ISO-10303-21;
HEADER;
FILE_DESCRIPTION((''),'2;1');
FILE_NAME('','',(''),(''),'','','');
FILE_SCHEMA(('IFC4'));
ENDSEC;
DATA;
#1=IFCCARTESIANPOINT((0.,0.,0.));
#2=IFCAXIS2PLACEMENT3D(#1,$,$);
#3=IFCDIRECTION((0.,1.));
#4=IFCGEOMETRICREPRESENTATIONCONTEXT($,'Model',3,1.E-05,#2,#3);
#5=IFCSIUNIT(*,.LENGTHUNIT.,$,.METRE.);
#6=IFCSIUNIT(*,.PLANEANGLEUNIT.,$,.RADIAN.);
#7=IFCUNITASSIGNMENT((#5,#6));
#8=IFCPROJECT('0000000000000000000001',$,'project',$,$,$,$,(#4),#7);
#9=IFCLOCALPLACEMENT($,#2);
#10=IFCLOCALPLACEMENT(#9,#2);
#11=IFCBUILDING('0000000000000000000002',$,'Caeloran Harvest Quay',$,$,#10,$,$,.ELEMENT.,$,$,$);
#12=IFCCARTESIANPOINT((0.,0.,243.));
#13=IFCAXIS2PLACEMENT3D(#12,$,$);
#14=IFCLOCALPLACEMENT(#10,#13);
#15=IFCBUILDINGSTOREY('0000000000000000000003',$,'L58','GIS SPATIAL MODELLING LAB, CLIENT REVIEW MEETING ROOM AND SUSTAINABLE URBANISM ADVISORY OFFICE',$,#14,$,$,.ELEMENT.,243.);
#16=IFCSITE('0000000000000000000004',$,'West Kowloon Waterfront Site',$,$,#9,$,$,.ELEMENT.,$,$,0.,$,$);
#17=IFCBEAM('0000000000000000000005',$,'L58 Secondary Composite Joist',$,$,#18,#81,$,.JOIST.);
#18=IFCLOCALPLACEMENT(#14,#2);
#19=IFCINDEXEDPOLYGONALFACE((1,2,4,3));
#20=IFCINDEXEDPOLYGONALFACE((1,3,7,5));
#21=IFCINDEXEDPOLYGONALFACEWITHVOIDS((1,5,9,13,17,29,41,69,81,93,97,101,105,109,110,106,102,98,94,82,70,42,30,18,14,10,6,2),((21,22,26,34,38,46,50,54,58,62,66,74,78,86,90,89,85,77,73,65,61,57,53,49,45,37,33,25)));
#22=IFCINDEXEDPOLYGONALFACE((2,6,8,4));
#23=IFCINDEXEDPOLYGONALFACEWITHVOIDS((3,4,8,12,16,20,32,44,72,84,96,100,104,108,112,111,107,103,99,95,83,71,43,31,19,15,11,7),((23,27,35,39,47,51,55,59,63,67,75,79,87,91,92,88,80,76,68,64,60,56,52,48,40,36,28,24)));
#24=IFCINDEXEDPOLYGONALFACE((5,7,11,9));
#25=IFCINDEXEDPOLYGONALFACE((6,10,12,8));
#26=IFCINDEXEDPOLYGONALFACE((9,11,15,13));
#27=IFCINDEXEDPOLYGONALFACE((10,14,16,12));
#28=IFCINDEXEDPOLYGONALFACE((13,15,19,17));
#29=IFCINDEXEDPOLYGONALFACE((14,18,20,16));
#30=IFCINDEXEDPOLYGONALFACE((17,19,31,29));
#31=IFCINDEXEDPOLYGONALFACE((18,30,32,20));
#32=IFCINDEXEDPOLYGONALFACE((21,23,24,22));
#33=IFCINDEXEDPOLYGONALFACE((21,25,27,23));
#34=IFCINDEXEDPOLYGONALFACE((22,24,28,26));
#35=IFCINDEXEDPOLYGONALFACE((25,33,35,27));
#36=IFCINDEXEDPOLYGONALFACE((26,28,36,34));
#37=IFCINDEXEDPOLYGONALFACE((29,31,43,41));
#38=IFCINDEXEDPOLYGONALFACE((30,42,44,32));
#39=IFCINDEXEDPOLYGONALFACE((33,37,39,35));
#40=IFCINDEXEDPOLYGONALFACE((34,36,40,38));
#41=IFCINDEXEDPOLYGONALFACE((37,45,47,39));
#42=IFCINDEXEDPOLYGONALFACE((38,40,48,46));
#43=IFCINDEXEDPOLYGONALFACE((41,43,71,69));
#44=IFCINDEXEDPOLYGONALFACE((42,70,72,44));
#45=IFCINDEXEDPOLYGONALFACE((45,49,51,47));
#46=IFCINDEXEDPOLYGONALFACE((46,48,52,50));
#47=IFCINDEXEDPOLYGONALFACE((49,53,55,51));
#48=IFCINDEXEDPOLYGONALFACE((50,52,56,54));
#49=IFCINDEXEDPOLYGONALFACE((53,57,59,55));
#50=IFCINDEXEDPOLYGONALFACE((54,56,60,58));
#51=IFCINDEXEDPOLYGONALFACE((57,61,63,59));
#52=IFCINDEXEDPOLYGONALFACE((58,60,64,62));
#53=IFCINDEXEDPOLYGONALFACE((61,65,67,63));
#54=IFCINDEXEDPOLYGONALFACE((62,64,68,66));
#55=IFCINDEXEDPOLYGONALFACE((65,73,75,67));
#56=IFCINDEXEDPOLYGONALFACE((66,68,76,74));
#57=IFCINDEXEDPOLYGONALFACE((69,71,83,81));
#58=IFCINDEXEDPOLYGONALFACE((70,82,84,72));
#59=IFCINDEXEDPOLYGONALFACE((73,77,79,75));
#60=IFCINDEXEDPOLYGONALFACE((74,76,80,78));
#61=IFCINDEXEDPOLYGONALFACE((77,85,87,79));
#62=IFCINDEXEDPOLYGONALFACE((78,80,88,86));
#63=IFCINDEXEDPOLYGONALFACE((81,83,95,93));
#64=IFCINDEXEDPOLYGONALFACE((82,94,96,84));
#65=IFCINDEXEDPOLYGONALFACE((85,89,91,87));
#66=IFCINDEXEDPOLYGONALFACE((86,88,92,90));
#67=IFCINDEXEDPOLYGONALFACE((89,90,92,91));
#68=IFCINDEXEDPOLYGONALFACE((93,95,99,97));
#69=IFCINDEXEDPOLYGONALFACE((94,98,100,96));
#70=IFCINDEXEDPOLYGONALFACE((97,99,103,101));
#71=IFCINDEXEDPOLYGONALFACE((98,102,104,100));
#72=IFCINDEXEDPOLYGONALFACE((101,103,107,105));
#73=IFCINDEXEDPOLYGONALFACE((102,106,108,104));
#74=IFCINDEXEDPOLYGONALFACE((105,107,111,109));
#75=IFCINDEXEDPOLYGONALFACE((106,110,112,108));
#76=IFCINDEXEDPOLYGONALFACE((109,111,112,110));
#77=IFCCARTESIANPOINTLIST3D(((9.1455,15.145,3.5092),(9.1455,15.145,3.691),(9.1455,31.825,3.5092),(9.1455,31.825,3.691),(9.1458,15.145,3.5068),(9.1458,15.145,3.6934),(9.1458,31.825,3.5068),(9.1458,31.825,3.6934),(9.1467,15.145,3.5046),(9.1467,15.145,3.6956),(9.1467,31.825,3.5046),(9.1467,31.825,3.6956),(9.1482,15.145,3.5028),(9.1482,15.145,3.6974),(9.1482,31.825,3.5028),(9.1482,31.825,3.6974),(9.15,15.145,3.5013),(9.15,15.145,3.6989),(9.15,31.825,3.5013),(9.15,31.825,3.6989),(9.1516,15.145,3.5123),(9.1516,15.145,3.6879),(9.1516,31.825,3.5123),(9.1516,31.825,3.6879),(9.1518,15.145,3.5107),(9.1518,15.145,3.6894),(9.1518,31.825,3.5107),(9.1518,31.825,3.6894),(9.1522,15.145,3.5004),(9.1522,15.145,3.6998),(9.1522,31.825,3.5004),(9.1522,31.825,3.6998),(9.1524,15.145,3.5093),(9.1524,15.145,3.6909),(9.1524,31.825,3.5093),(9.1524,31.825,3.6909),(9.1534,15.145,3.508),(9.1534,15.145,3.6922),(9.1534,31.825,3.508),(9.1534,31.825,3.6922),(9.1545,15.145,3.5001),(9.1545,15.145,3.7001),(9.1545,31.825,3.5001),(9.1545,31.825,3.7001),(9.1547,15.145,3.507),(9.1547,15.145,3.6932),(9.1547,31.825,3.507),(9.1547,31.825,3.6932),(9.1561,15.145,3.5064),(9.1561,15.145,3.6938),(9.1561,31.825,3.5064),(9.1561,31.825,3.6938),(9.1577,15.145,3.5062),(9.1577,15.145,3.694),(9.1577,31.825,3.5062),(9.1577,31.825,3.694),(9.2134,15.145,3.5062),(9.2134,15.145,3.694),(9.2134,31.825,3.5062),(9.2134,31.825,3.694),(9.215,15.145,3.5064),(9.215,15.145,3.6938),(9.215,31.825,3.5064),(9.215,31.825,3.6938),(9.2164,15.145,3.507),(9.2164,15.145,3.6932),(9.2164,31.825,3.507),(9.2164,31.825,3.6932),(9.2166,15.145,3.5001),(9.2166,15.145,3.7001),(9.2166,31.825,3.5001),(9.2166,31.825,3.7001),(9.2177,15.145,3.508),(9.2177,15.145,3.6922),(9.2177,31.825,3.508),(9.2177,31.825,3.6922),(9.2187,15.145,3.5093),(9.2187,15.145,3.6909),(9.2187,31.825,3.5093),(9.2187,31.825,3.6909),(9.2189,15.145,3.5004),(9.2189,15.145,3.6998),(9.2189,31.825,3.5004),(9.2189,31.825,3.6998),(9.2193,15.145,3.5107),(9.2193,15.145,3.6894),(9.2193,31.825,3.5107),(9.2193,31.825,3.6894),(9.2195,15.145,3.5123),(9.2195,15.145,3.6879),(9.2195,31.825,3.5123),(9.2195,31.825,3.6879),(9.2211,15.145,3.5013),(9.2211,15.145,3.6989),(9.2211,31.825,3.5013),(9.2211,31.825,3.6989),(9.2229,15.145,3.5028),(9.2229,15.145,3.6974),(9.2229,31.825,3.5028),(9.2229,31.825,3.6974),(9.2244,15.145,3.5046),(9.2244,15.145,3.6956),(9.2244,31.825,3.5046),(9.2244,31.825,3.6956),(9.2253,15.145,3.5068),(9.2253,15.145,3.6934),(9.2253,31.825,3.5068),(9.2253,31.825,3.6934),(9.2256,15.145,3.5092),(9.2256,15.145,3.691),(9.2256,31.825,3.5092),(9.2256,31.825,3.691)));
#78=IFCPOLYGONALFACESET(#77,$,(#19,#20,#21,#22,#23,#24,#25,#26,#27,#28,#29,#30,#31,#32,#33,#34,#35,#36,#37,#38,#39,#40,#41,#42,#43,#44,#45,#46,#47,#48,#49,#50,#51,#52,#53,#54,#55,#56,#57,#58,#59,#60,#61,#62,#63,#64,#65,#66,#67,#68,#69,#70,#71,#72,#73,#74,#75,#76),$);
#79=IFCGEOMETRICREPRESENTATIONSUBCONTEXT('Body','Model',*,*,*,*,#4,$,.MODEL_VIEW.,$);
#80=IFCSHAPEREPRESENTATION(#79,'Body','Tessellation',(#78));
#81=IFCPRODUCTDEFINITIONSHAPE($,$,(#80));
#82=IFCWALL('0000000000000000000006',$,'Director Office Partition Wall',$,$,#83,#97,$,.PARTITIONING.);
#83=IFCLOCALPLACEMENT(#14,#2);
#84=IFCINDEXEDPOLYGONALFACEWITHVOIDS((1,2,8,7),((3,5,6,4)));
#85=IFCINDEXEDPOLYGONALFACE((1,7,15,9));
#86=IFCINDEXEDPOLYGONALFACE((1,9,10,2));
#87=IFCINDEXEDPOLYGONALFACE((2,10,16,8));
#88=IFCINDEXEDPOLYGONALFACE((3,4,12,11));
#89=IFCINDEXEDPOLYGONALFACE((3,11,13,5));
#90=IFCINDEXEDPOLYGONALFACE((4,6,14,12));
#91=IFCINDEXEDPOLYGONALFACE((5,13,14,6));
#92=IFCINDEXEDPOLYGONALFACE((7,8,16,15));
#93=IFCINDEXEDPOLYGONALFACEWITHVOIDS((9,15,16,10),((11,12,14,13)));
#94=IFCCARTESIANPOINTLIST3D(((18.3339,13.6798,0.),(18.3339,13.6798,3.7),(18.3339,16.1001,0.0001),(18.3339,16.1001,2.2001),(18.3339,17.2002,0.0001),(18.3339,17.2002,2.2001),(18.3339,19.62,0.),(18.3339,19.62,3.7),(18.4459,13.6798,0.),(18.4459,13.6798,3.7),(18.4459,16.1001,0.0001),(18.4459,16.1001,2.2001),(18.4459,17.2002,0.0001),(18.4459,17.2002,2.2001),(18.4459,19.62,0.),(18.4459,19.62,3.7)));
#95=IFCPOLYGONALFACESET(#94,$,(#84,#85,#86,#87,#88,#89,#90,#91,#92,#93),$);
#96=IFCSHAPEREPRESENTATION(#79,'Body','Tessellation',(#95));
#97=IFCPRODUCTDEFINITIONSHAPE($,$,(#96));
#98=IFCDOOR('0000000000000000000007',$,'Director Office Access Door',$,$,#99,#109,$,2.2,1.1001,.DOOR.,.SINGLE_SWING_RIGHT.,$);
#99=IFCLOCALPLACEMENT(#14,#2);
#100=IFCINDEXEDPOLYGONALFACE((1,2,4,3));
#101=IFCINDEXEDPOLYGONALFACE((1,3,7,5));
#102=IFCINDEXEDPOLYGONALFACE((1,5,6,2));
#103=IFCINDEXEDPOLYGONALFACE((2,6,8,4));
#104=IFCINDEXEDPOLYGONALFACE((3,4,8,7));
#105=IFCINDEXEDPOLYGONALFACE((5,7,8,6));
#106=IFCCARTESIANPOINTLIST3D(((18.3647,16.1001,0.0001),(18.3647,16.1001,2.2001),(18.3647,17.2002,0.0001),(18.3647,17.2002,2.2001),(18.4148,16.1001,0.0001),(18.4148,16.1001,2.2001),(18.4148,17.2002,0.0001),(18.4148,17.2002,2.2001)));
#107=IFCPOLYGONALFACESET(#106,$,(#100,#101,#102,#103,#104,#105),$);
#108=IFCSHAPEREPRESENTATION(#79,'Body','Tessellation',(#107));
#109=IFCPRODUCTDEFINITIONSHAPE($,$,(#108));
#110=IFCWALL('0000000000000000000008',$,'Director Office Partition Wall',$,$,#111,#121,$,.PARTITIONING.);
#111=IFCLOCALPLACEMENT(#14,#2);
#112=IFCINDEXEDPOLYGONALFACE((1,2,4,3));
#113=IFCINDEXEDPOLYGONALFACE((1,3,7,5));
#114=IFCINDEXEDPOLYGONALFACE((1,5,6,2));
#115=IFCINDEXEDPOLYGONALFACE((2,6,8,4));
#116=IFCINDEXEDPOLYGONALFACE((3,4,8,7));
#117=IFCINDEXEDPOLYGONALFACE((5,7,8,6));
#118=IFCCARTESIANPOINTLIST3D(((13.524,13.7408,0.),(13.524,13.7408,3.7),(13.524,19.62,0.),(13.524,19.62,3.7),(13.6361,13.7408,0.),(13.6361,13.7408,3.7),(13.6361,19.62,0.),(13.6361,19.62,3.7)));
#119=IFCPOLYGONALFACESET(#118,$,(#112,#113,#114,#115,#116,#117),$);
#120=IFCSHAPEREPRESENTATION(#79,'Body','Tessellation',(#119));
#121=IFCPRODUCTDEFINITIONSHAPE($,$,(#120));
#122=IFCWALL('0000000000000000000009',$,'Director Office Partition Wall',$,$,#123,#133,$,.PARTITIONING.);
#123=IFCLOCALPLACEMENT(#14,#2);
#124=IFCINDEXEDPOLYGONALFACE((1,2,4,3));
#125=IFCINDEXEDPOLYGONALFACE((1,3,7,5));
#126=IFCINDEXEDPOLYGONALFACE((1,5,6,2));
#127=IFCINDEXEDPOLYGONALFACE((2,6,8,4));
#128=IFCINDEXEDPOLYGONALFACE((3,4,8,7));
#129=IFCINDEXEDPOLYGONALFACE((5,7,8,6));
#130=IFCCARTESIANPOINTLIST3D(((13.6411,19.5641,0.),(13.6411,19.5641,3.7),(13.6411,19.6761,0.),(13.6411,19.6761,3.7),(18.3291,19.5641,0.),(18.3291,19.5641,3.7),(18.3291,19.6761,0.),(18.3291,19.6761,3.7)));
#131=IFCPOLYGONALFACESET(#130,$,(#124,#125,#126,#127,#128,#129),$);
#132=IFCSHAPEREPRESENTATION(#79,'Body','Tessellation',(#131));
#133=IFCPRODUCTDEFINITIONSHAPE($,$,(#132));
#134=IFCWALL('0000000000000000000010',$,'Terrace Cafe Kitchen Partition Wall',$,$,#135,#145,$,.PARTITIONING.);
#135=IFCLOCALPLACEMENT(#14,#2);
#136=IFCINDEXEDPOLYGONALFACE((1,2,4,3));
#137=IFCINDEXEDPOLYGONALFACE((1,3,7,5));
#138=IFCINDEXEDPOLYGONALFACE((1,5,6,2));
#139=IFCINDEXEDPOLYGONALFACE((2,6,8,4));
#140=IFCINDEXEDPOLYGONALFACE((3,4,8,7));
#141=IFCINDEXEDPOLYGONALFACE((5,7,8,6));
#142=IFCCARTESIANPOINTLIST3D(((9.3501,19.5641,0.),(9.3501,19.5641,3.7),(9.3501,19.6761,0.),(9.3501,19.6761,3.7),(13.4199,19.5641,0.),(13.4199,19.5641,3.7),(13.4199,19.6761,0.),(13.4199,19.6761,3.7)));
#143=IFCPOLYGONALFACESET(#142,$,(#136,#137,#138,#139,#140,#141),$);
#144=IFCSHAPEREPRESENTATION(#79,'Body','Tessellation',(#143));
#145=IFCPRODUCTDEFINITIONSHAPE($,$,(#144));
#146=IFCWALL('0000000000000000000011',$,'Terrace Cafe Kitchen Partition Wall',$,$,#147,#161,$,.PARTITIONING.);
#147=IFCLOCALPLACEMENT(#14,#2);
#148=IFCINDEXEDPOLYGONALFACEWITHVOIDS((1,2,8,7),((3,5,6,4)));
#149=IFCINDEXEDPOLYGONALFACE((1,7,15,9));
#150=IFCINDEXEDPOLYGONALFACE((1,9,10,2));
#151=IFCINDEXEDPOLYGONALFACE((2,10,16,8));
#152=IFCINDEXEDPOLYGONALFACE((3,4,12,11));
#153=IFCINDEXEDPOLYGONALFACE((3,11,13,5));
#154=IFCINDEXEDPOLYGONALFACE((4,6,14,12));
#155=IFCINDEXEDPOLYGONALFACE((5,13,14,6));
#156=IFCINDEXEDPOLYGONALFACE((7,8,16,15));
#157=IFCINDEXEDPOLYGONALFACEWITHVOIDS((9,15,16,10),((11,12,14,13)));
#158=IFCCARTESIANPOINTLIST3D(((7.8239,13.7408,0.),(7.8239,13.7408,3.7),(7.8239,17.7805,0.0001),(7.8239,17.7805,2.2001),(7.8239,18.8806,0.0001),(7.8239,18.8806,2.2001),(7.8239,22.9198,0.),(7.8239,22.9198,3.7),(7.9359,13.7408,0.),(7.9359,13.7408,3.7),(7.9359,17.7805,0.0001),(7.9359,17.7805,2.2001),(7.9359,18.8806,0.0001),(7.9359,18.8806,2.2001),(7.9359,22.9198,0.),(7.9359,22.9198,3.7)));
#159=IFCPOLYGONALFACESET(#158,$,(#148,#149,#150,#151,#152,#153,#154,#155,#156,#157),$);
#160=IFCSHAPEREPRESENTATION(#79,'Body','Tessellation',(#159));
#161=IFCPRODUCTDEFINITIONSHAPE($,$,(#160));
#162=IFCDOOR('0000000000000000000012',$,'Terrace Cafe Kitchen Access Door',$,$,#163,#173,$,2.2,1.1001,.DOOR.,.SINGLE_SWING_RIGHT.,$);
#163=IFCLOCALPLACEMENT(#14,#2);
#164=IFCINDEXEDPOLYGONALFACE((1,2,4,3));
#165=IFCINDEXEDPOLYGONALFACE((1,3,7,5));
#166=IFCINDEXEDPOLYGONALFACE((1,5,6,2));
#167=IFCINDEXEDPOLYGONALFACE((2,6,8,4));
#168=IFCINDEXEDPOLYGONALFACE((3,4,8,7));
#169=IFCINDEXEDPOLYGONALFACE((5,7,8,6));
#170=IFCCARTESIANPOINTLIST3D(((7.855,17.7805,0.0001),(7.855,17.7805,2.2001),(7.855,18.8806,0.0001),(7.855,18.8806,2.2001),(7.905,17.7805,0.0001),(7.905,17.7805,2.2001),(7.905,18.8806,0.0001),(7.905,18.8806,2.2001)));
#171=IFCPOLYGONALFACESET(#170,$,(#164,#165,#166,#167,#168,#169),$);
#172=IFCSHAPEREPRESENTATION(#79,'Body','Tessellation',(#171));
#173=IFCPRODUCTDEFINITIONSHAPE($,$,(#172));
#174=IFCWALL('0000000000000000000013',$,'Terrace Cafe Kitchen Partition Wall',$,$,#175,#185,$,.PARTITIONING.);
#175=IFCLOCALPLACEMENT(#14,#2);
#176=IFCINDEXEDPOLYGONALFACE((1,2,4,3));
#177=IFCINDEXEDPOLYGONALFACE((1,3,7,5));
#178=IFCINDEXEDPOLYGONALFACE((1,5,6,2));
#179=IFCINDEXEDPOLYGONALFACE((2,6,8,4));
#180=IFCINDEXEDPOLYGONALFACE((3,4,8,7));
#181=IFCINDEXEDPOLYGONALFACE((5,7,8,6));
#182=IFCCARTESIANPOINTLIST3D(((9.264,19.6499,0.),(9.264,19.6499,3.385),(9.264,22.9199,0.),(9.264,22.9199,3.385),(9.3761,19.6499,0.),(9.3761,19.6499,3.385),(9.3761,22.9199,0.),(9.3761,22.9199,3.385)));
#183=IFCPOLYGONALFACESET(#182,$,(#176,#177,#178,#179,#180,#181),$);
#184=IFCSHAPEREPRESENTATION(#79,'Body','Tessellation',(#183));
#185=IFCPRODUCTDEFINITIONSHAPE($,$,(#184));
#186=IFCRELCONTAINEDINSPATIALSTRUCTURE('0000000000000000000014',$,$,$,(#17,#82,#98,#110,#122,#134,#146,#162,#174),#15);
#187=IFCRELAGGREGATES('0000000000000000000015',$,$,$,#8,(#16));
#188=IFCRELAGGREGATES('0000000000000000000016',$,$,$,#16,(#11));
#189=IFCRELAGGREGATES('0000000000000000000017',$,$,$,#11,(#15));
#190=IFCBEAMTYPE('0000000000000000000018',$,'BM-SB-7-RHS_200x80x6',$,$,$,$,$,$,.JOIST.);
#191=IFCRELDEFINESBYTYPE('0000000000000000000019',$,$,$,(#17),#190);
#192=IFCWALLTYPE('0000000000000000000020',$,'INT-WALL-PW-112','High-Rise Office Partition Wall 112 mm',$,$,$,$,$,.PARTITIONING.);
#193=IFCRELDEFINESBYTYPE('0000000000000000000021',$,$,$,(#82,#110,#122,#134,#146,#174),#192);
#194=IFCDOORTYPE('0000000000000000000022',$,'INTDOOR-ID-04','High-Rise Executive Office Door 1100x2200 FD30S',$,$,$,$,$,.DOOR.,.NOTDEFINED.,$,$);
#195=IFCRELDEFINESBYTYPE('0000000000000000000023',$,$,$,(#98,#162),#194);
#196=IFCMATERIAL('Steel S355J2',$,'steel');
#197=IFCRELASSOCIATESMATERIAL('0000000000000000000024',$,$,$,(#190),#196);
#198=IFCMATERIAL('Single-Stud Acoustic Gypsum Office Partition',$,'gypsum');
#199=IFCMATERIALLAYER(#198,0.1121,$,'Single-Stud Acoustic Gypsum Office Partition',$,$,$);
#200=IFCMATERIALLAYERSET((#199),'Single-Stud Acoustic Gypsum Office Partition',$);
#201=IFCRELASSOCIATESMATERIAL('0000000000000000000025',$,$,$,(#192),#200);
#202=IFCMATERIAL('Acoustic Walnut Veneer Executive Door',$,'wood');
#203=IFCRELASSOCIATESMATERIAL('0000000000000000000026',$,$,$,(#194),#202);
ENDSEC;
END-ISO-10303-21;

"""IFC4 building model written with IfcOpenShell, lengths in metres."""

from ifc_helpers import new_model, si_unit, direction, frame, frame_2d, origin, origin_2d, place, context, subcontext, project, spatial, rectangle, hollow_rectangle, extrude, material, layer, layer_set, material_profile, profile_set, type_object, element, fill, save


model = new_model("IFC4")

# Units and contexts
model_context = context("Model", 3, precision=1e-05, world=origin(), true_north=direction((0.0, 1.0)))
body_context = subcontext(model_context, "Body", "Model", "MODEL_VIEW")
ifc_project = project(units=[si_unit("LENGTHUNIT", "METRE"), si_unit("PLANEANGLEUNIT", "RADIAN")], contexts=[model_context])

# Site, building, storey
site_placement = place(None, origin())
site = spatial("IfcSite", under=ifc_project, at=site_placement, Name="West Kowloon Waterfront Site", CompositionType="ELEMENT", RefElevation=0.0)
building_placement = place(site_placement, origin())
building = spatial("IfcBuilding", under=site, at=building_placement, Name="Caeloran Harvest Quay", CompositionType="ELEMENT")
storey_placement = place(building_placement, frame((0.0, 0.0, 243.0)))
storey = spatial("IfcBuildingStorey", under=building, at=storey_placement, Name="L58", Description="GIS SPATIAL MODELLING LAB, CLIENT REVIEW MEETING ROOM AND SUSTAINABLE URBANISM ADVISORY OFFICE", CompositionType="ELEMENT", Elevation=243.0)

# Beam
ifc_material_1 = material(Name="Steel S355J2", Category="steel")
ifc_material_profile_1 = material_profile(ifc_material_1, hollow_rectangle(XDim=0.0801, YDim=0.2, WallThickness=0.0061, InnerFilletRadius=0.0061, OuterFilletRadius=0.009, at=origin_2d()), Name="RHS 200x80x6")
ifc_profile_set_1 = profile_set([ifc_material_profile_1], Name="Steel S355J2")
beam_type_1 = type_object("IfcBeamType", Name="BM-SB-7-RHS_200x80x6", PredefinedType="JOIST", material=ifc_profile_set_1)
beam_1_placement = place(storey_placement, frame((9.1855, 15.145, 3.6001), z_axis=(0.0, 1.0, 0.0), x_axis=(-1.0, 0.0, 0.0)))
element("IfcBeam", 1, at=beam_1_placement, inside=storey, type_object=beam_type_1, Name="L58 Secondary Composite Joist", PredefinedType="JOIST", context=body_context, shape_type="SweptSolid", body=[
    extrude(hollow_rectangle(XDim=0.0801, YDim=0.2, WallThickness=0.0061, InnerFilletRadius=0.0061, OuterFilletRadius=0.009, at=origin_2d()), origin(), (0.0, 0.0, 1.0), 16.6799),
])

# Wall, opening, door
ifc_material_2 = material(Name="Single-Stud Acoustic Gypsum Office Partition", Category="gypsum")
ifc_layer_1 = layer(ifc_material_2, 0.1121, Name="Single-Stud Acoustic Gypsum Office Partition")
ifc_layer_set_1 = layer_set([ifc_layer_1], Name="Single-Stud Acoustic Gypsum Office Partition")
wall_type_1 = type_object("IfcWallType", Name="INT-WALL-PW-112", Description="High-Rise Office Partition Wall 112 mm", PredefinedType="PARTITIONING", material=ifc_layer_set_1)
wall_1_placement = place(storey_placement, frame((18.3899, 19.6201, 0.0), z_axis=(0.0, 0.0, 1.0), x_axis=(0.0, -1.0, 0.0)))
wall_1 = element("IfcWall", 2, at=wall_1_placement, inside=storey, type_object=wall_type_1, Name="Director Office Partition Wall", PredefinedType="PARTITIONING", context=body_context, shape_type="SweptSolid", body=[
    extrude(rectangle(XDim=5.9402, YDim=0.1121, at=frame_2d((2.9702, 0.0))), origin(), (0.0, 0.0, 1.0), 3.7),
])
opening_1_placement = place(wall_1_placement, frame((2.4199, 0.0, 0.0)))
opening_1 = element("IfcOpeningElement", 3, at=opening_1_placement, cuts=wall_1, PredefinedType="OPENING", context=body_context, shape_type="SweptSolid", body=[
    extrude(rectangle(XDim=1.1001, YDim=2.2, at=frame_2d((0.55, 1.1001))), frame((0.0, 0.0659, 0.0), z_axis=(0.0, -1.0, 0.0), x_axis=(1.0, 0.0, 0.0)), (0.0, 0.0, 1.0), 0.1321),
])
ifc_material_3 = material(Name="Acoustic Walnut Veneer Executive Door", Category="wood")
door_type_1 = type_object("IfcDoorType", Name="INTDOOR-ID-04", Description="High-Rise Executive Office Door 1100x2200 FD30S", OperationType="NOTDEFINED", PredefinedType="DOOR", material=ifc_material_3)
door_1_placement = place(opening_1_placement, origin())
door_1 = element("IfcDoor", 4, at=door_1_placement, inside=storey, type_object=door_type_1, Name="Director Office Access Door", OperationType="SINGLE_SWING_RIGHT", OverallHeight=2.2, OverallWidth=1.1001, PredefinedType="DOOR", context=body_context, shape_type="SweptSolid", body=[
    extrude(rectangle(XDim=1.1001, YDim=2.2, at=frame_2d((0.55, 1.1001))), frame((0.0, 0.0249, 0.0), z_axis=(0.0, -1.0, 0.0), x_axis=(1.0, 0.0, 0.0)), (0.0, 0.0, 1.0), 0.05),
])
fill(opening_1, door_1)

# Walls
wall_2_placement = place(storey_placement, frame((13.5801, 13.741, 0.0), z_axis=(0.0, 0.0, 1.0), x_axis=(0.0, 1.0, 0.0)))
element("IfcWall", 5, at=wall_2_placement, inside=storey, type_object=wall_type_1, Name="Director Office Partition Wall", PredefinedType="PARTITIONING", context=body_context, shape_type="SweptSolid", body=[
    extrude(rectangle(XDim=5.8792, YDim=0.1121, at=frame_2d((2.9395, 0.0))), origin(), (0.0, 0.0, 1.0), 3.7),
])
wall_3_placement = place(storey_placement, frame((13.6411, 19.6201, 0.0), z_axis=(0.0, 0.0, 1.0), x_axis=(1.0, 0.0, 0.0)))
element("IfcWall", 6, at=wall_3_placement, inside=storey, type_object=wall_type_1, Name="Director Office Partition Wall", PredefinedType="PARTITIONING", context=body_context, shape_type="SweptSolid", body=[
    extrude(rectangle(XDim=4.688, YDim=0.1121, at=frame_2d((2.344, 0.0))), origin(), (0.0, 0.0, 1.0), 3.7),
])
wall_4_placement = place(storey_placement, frame((9.3501, 19.6201, 0.0), z_axis=(0.0, 0.0, 1.0), x_axis=(1.0, 0.0, 0.0)))
element("IfcWall", 7, at=wall_4_placement, inside=storey, type_object=wall_type_1, Name="Terrace Cafe Kitchen Partition Wall", PredefinedType="PARTITIONING", context=body_context, shape_type="SweptSolid", body=[
    extrude(rectangle(XDim=4.0698, YDim=0.1121, at=frame_2d((2.0349, 0.0))), origin(), (0.0, 0.0, 1.0), 3.7),
])

# Wall, opening, door
wall_5_placement = place(storey_placement, frame((7.8799, 13.741, 0.0), z_axis=(0.0, 0.0, 1.0), x_axis=(0.0, 1.0, 0.0)))
wall_5 = element("IfcWall", 8, at=wall_5_placement, inside=storey, type_object=wall_type_1, Name="Terrace Cafe Kitchen Partition Wall", PredefinedType="PARTITIONING", context=body_context, shape_type="SweptSolid", body=[
    extrude(rectangle(XDim=9.179, YDim=0.1121, at=frame_2d((4.5894, 0.0))), origin(), (0.0, 0.0, 1.0), 3.7),
])
opening_2_placement = place(wall_5_placement, frame((4.0396, 0.0, 0.0)))
opening_2 = element("IfcOpeningElement", 9, at=opening_2_placement, cuts=wall_5, PredefinedType="OPENING", context=body_context, shape_type="SweptSolid", body=[
    extrude(rectangle(XDim=1.1001, YDim=2.2, at=frame_2d((0.55, 1.1001))), frame((0.0, 0.0659, 0.0), z_axis=(0.0, -1.0, 0.0), x_axis=(1.0, 0.0, 0.0)), (0.0, 0.0, 1.0), 0.1321),
])
door_2_placement = place(opening_2_placement, origin())
door_2 = element("IfcDoor", 10, at=door_2_placement, inside=storey, type_object=door_type_1, Name="Terrace Cafe Kitchen Access Door", OperationType="SINGLE_SWING_RIGHT", OverallHeight=2.2, OverallWidth=1.1001, PredefinedType="DOOR", context=body_context, shape_type="SweptSolid", body=[
    extrude(rectangle(XDim=1.1001, YDim=2.2, at=frame_2d((0.55, 1.1001))), frame((0.0, 0.0249, 0.0), z_axis=(0.0, -1.0, 0.0), x_axis=(1.0, 0.0, 0.0)), (0.0, 0.0, 1.0), 0.05),
])
fill(opening_2, door_2)

# Wall
wall_6_placement = place(storey_placement, frame((9.3201, 22.9199, 0.0), z_axis=(0.0, 0.0, 1.0), x_axis=(0.0, -1.0, 0.0)))
element("IfcWall", 11, at=wall_6_placement, inside=storey, type_object=wall_type_1, Name="Terrace Cafe Kitchen Partition Wall", PredefinedType="PARTITIONING", context=body_context, shape_type="SweptSolid", body=[
    extrude(rectangle(XDim=3.27, YDim=0.1121, at=frame_2d((1.635, 0.0))), origin(), (0.0, 0.0, 1.0), 3.385),
])

save(model, "model.ifc")
